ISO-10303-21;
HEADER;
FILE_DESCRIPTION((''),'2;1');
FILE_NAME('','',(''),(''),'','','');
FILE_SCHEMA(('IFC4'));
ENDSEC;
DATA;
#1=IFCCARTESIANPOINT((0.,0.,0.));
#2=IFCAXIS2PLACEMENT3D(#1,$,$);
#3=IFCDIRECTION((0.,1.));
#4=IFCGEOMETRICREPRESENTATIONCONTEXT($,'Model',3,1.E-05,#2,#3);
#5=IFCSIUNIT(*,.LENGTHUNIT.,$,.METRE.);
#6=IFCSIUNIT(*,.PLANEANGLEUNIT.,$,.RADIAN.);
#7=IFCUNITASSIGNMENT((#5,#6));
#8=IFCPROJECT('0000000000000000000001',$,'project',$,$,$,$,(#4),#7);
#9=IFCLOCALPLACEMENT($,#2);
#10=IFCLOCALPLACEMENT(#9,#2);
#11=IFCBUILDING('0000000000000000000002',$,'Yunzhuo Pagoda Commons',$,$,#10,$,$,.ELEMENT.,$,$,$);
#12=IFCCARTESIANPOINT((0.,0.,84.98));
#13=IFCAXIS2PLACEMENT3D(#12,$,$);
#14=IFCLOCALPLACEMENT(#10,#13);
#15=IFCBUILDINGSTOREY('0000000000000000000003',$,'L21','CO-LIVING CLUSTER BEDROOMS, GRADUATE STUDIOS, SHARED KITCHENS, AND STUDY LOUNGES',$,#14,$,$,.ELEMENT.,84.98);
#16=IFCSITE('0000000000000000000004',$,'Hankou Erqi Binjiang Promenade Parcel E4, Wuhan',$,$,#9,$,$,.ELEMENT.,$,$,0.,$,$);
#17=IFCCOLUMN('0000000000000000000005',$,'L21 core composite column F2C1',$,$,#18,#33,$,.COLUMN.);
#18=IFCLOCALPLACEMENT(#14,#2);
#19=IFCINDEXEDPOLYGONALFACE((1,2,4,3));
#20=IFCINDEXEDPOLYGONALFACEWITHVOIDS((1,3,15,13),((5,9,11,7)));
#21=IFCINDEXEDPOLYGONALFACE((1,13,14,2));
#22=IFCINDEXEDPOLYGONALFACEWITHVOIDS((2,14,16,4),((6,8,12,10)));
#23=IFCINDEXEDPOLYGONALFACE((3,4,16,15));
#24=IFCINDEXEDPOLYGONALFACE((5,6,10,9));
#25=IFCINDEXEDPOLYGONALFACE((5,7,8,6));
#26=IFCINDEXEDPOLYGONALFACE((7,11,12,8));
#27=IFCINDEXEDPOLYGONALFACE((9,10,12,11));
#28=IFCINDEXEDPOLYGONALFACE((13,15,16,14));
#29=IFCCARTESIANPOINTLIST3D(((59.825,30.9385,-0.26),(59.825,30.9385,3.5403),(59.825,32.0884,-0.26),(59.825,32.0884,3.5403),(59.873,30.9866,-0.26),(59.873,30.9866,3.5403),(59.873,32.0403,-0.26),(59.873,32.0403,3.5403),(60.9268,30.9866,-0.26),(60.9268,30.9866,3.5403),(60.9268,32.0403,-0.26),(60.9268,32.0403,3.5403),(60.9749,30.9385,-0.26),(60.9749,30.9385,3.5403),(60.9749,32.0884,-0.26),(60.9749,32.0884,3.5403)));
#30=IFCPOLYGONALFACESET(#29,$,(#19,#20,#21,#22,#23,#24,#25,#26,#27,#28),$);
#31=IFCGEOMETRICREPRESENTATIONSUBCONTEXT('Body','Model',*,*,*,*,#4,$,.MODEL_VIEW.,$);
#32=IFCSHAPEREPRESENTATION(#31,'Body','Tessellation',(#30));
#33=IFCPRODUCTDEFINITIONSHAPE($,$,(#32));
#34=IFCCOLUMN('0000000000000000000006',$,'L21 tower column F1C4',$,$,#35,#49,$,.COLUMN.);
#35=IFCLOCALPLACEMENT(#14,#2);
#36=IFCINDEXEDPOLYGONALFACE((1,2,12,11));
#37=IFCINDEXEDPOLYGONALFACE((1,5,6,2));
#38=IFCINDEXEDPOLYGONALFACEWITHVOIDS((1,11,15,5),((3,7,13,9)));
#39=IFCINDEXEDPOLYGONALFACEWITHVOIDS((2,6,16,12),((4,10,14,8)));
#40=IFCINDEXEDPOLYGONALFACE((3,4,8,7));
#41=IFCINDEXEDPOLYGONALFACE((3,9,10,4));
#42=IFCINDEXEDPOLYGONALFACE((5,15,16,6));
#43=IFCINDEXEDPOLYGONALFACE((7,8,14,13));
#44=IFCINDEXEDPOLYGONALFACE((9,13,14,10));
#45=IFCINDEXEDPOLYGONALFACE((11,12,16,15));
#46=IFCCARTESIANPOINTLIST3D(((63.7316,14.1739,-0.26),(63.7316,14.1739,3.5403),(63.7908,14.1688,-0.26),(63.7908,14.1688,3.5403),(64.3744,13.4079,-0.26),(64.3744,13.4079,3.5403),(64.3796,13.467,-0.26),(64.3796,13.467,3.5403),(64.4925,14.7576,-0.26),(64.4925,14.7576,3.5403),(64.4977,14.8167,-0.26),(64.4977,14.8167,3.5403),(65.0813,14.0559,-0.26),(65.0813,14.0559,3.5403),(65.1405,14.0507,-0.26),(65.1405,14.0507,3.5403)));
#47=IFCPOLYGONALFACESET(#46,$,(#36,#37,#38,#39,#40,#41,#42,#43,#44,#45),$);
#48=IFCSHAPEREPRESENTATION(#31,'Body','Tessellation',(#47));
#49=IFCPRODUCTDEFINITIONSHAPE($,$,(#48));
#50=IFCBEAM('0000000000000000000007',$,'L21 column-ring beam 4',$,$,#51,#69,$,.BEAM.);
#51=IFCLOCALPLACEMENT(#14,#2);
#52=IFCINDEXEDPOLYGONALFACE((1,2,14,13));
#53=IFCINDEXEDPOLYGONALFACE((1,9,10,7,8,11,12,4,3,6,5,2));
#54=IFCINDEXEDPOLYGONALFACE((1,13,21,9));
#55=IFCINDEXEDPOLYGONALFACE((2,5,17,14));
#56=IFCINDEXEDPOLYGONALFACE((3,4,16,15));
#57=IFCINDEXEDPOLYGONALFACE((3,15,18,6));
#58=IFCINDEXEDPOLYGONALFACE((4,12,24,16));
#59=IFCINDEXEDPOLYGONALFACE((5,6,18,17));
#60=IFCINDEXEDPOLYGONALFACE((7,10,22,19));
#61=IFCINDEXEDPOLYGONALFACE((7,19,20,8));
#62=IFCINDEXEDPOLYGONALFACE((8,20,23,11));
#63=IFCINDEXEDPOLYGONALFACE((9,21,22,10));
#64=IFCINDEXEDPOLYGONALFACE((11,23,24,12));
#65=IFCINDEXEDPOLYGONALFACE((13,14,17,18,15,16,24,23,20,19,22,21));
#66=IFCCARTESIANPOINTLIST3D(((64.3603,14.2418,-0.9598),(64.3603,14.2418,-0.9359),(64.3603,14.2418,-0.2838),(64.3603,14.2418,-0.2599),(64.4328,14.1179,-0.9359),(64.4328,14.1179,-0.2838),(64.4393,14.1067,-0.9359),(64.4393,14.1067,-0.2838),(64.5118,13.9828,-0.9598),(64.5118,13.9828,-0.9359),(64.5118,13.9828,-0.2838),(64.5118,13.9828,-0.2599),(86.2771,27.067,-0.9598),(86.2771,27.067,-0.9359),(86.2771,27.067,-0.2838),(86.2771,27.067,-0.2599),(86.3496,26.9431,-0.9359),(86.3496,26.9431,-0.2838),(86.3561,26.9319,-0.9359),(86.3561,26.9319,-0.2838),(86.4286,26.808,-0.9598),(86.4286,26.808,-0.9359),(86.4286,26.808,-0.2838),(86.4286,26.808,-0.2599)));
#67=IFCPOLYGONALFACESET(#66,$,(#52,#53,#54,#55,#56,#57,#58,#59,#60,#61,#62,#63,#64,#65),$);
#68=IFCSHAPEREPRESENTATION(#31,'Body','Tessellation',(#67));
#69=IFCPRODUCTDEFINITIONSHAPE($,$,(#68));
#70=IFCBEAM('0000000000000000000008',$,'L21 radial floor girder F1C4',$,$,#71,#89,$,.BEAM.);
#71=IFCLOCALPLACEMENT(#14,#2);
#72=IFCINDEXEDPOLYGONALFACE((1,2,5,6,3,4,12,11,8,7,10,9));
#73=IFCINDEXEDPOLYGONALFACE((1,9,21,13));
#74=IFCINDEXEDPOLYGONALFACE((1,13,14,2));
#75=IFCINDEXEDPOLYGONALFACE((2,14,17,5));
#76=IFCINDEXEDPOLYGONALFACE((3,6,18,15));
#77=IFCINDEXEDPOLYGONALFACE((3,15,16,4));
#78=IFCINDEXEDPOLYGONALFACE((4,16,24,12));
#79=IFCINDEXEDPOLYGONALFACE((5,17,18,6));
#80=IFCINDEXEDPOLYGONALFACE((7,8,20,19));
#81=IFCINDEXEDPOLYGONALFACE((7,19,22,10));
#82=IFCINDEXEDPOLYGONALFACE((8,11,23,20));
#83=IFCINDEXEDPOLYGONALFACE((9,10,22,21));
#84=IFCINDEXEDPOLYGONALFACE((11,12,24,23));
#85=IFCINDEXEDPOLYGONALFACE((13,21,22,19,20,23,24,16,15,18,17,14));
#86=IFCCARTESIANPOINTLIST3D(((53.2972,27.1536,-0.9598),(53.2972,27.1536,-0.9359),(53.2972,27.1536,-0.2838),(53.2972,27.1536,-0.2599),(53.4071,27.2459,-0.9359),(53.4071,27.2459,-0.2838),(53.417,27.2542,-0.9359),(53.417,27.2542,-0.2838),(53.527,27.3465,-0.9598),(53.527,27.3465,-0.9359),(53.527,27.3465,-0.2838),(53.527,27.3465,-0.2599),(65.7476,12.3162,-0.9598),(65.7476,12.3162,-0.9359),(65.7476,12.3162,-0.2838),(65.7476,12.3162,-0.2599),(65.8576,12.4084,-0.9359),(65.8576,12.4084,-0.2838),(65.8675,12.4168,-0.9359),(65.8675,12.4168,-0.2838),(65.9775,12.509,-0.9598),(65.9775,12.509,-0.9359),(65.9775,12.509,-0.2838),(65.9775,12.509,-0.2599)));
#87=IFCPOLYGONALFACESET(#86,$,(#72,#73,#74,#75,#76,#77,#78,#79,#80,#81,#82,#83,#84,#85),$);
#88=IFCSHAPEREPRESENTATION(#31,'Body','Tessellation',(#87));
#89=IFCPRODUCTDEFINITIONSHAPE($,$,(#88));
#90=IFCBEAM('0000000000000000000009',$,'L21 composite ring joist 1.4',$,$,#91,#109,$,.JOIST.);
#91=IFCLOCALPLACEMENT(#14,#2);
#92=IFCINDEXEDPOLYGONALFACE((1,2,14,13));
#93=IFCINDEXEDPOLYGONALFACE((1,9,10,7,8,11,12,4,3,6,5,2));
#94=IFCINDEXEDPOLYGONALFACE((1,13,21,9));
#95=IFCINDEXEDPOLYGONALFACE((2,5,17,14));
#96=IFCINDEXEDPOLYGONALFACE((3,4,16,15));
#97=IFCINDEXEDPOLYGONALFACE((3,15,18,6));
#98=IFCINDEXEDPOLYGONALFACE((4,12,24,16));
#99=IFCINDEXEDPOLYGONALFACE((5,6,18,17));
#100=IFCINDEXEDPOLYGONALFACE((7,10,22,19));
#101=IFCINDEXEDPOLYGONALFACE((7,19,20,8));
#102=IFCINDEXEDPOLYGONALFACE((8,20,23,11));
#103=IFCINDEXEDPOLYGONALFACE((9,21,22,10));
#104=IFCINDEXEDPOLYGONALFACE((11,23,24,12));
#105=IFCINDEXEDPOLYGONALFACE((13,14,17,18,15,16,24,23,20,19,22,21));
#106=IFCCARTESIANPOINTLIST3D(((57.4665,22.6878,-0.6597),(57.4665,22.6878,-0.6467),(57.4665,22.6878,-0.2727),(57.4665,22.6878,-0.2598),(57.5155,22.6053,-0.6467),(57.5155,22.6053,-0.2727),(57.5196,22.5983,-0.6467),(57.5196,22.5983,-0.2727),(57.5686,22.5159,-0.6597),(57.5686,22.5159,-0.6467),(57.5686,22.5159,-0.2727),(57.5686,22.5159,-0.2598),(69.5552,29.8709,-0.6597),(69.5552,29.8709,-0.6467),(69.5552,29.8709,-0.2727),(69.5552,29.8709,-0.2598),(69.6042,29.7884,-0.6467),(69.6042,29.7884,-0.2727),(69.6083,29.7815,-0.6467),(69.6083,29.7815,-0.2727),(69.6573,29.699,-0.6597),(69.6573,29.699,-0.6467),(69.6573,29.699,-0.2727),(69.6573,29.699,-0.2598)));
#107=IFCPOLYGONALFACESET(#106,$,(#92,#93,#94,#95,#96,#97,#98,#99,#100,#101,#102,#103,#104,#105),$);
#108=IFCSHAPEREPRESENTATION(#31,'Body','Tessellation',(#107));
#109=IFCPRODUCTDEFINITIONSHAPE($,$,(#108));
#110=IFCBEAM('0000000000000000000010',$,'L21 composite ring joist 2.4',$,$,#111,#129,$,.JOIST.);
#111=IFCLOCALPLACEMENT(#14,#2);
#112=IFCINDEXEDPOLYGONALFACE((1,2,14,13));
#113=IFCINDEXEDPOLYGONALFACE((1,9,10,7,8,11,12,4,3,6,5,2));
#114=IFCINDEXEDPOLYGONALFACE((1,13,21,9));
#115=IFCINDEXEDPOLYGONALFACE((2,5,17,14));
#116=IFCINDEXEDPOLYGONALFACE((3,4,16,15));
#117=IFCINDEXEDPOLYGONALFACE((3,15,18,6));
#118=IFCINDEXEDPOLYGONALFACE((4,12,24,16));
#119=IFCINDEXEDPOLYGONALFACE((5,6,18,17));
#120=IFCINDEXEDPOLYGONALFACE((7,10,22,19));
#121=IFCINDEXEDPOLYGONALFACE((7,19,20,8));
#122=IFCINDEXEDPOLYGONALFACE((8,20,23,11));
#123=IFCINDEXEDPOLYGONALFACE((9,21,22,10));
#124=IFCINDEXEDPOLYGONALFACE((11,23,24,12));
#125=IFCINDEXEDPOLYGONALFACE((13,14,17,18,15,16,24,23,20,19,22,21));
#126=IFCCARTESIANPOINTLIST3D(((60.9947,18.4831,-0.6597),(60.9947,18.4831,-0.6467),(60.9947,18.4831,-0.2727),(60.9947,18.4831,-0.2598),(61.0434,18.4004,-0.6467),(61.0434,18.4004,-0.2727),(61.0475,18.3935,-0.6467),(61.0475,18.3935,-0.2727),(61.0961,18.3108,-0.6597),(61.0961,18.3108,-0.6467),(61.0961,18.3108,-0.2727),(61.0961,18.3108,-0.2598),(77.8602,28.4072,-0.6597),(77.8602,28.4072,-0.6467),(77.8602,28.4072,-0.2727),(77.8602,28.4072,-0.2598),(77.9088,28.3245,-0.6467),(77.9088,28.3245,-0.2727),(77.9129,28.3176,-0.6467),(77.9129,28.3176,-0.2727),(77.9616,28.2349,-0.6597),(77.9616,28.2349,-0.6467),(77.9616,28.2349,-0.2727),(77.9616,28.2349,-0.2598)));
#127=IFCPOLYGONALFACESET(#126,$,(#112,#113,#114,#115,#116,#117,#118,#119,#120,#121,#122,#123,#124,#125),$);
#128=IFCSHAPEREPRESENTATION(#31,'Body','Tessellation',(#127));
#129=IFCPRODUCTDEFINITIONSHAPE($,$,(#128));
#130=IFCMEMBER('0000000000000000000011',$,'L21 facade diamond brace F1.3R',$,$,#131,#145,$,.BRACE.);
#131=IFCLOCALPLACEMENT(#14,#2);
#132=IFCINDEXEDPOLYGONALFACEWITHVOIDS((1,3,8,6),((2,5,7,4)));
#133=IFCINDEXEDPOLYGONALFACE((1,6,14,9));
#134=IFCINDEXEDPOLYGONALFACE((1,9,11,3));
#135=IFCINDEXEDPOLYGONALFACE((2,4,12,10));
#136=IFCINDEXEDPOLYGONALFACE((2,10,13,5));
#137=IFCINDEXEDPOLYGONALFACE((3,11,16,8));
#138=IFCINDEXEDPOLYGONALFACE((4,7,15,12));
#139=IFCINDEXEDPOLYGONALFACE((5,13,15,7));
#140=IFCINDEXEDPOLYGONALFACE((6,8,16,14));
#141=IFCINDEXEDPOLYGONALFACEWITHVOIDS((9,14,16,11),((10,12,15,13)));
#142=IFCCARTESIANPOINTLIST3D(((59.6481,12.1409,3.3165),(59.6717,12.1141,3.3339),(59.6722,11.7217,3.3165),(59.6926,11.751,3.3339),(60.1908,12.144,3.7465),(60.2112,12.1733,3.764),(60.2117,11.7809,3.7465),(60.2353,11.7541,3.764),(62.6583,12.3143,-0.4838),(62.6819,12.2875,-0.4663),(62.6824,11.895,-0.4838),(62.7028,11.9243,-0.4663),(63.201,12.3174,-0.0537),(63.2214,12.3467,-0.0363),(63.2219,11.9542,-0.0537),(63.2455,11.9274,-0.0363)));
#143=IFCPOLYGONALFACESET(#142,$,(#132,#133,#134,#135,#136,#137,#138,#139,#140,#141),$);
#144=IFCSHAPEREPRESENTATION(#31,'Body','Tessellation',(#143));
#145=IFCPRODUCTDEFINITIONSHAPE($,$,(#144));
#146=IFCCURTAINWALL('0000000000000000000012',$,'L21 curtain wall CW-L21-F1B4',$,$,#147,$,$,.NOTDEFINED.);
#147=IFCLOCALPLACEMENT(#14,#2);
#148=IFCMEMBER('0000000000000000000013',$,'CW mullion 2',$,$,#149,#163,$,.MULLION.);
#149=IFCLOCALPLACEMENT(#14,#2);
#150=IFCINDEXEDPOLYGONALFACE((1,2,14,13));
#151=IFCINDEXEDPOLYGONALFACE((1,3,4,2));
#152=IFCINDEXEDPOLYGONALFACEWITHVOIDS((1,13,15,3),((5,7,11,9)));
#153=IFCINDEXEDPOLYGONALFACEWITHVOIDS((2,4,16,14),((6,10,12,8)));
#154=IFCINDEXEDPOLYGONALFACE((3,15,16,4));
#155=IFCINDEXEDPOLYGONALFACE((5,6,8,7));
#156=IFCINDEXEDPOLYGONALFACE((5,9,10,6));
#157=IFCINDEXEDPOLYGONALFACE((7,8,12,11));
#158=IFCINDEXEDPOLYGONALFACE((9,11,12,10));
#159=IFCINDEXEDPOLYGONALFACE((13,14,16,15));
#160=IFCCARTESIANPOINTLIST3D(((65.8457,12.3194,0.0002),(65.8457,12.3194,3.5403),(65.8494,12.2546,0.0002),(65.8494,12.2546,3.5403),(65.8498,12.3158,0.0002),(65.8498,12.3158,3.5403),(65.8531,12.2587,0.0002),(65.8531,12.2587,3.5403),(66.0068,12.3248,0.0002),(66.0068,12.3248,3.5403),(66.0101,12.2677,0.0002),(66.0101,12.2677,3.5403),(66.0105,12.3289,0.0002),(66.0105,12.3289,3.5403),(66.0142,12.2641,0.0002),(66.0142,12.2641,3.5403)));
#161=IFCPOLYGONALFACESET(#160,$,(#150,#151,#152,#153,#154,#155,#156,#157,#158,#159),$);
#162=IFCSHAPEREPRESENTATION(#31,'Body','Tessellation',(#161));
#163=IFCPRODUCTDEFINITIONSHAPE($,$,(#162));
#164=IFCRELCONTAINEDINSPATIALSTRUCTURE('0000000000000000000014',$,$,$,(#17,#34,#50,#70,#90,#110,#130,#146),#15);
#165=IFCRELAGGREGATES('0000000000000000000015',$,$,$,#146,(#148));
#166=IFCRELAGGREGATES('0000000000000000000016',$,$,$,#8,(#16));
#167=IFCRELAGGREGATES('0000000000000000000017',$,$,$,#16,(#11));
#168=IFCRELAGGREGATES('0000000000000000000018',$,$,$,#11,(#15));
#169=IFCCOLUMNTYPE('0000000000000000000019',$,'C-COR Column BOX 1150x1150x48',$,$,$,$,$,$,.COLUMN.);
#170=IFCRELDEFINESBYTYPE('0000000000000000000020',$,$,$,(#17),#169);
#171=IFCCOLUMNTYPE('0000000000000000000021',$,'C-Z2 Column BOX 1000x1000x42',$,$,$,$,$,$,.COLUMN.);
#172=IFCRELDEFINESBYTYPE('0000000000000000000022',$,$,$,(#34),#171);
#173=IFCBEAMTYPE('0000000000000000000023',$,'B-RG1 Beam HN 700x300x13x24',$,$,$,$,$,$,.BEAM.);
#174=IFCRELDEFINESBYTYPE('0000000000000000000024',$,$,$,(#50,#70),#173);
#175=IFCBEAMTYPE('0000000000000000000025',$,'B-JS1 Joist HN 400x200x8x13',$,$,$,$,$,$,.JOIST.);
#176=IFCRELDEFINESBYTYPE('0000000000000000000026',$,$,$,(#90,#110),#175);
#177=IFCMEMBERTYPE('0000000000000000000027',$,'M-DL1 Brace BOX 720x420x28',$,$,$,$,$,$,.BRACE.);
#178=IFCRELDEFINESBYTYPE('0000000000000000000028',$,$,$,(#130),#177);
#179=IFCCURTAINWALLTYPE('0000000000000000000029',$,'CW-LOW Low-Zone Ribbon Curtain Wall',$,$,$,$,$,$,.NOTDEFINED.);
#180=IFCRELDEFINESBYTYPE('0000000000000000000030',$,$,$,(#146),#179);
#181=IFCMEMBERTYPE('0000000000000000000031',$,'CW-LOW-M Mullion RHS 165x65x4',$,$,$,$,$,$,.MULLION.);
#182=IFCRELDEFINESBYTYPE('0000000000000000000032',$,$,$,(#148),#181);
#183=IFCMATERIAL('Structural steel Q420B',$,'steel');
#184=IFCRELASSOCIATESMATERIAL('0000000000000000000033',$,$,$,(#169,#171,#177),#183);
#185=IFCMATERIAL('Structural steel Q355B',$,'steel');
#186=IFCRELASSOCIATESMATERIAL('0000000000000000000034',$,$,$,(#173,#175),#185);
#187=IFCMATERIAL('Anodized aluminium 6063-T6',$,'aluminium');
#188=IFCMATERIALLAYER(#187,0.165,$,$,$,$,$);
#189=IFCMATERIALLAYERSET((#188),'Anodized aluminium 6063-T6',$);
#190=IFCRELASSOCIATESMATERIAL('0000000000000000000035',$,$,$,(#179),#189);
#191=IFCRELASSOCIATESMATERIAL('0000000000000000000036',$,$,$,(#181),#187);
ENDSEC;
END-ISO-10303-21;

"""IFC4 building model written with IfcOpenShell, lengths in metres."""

from ifc_helpers import new_model, si_unit, direction, frame, origin, origin_2d, place, context, subcontext, project, spatial, hollow_rectangle, i_section, extrude, source, transform, mapped, material, layer, layer_set, material_profile, profile_set, type_object, element, aggregate, save


model = new_model("IFC4")

# Units and contexts
model_context = context("Model", 3, precision=1e-05, world=origin(), true_north=direction((0.0, 1.0)))
body_context = subcontext(model_context, "Body", "Model", "MODEL_VIEW")
ifc_project = project(units=[si_unit("LENGTHUNIT", "METRE"), si_unit("PLANEANGLEUNIT", "RADIAN")], contexts=[model_context])

# Site, building, storey
site_placement = place(None, origin())
site = spatial("IfcSite", under=ifc_project, at=site_placement, Name="Hankou Erqi Binjiang Promenade Parcel E4, Wuhan", CompositionType="ELEMENT", RefElevation=0.0)
building_placement = place(site_placement, origin())
building = spatial("IfcBuilding", under=site, at=building_placement, Name="Yunzhuo Pagoda Commons", CompositionType="ELEMENT")
storey_placement = place(building_placement, frame((0.0, 0.0, 84.98)))
storey = spatial("IfcBuildingStorey", under=building, at=storey_placement, Name="L21", Description="CO-LIVING CLUSTER BEDROOMS, GRADUATE STUDIOS, SHARED KITCHENS, AND STUDY LOUNGES", CompositionType="ELEMENT", Elevation=84.98)

# Columns
ifc_material_1 = material(Name="Structural steel Q420B", Category="steel")
ifc_material_profile_1 = material_profile(ifc_material_1, hollow_rectangle(XDim=1.1499, YDim=1.1499, WallThickness=0.0481, at=origin_2d()), Name="Structural steel Q420B")
ifc_profile_set_1 = profile_set([ifc_material_profile_1], Name="Structural steel Q420B")
column_type_1 = type_object("IfcColumnType", Name="C-COR Column BOX 1150x1150x48", PredefinedType="COLUMN", material=ifc_profile_set_1)
shared_shape_1 = source(origin(), body_context, "Body", "SweptSolid", [
    extrude(hollow_rectangle(XDim=1.1499, YDim=1.1499, WallThickness=0.0481, at=origin_2d()), origin(), (0.0, 0.0, 1.0), 3.8003),
])
column_1_placement = place(storey_placement, frame((60.3999, 31.5134, -0.26), z_axis=(0.0, 0.0, 1.0), x_axis=(1.0, 0.0, 0.0)))
element("IfcColumn", 1, at=column_1_placement, inside=storey, type_object=column_type_1, Name="L21 core composite column F2C1", PredefinedType="COLUMN", context=body_context, shape_type="MappedRepresentation", body=[
    mapped(shared_shape_1, transform((0.0, 0.0, 0.0), scale=1.0)),
])
ifc_material_profile_2 = material_profile(ifc_material_1, hollow_rectangle(XDim=1.0, YDim=1.0, WallThickness=0.042, at=origin_2d()), Name="Structural steel Q420B")
ifc_profile_set_2 = profile_set([ifc_material_profile_2], Name="Structural steel Q420B")
column_type_2 = type_object("IfcColumnType", Name="C-Z2 Column BOX 1000x1000x42", PredefinedType="COLUMN", material=ifc_profile_set_2)
shared_shape_2 = source(origin(), body_context, "Body", "SweptSolid", [
    extrude(hollow_rectangle(XDim=1.0, YDim=1.0, WallThickness=0.042, at=origin_2d()), origin(), (0.0, 0.0, 1.0), 3.8003),
])
column_2_placement = place(storey_placement, frame((64.436, 14.1123, -0.26), z_axis=(0.0, 0.0, 1.0), x_axis=(0.766044, 0.642788, 0.0)))
element("IfcColumn", 2, at=column_2_placement, inside=storey, type_object=column_type_2, Name="L21 tower column F1C4", PredefinedType="COLUMN", context=body_context, shape_type="MappedRepresentation", body=[
    mapped(shared_shape_2, transform((0.0, 0.0, 0.0), scale=1.0)),
])

# Beams
ifc_material_2 = material(Name="Structural steel Q355B", Category="steel")
ifc_material_profile_3 = material_profile(ifc_material_2, i_section(OverallWidth=0.3, OverallDepth=0.7, WebThickness=0.0129, FlangeThickness=0.0239, at=origin_2d()), Name="Structural steel Q355B")
ifc_profile_set_3 = profile_set([ifc_material_profile_3], Name="Structural steel Q355B")
beam_type_1 = type_object("IfcBeamType", Name="B-RG1 Beam HN 700x300x13x24", PredefinedType="BEAM", material=ifc_profile_set_3)
shared_shape_3 = source(origin(), body_context, "Body", "SweptSolid", [
    extrude(i_section(OverallWidth=0.3, OverallDepth=0.7, WebThickness=0.0129, FlangeThickness=0.0239, at=origin_2d()), origin(), (0.0, 0.0, 1.0), 25.3936),
])
beam_1_placement = place(storey_placement, frame((64.436, 14.1123, -0.6099), z_axis=(0.863085, 0.505058, 0.0), x_axis=(-0.505058, 0.863085, 0.0)))
element("IfcBeam", 3, at=beam_1_placement, inside=storey, type_object=beam_type_1, Name="L21 column-ring beam 4", PredefinedType="BEAM", context=body_context, shape_type="MappedRepresentation", body=[
    mapped(shared_shape_3, transform((0.0, 0.0, 0.0), scale=1.0)),
])
shared_shape_4 = source(origin(), body_context, "Body", "SweptSolid", [
    extrude(i_section(OverallWidth=0.3, OverallDepth=0.7, WebThickness=0.0129, FlangeThickness=0.0239, at=origin_2d()), origin(), (0.0, 0.0, 1.0), 19.3691),
])
beam_2_placement = place(storey_placement, frame((65.8625, 12.4126, -0.6099), z_axis=(-0.642799, 0.766035, 0.0), x_axis=(-0.766035, -0.642799, 0.0)))
element("IfcBeam", 4, at=beam_2_placement, inside=storey, type_object=beam_type_1, Name="L21 radial floor girder F1C4", PredefinedType="BEAM", context=body_context, shape_type="MappedRepresentation", body=[
    mapped(shared_shape_4, transform((0.0, 0.0, 0.0), scale=1.0)),
])
ifc_material_profile_4 = material_profile(ifc_material_2, i_section(OverallWidth=0.2, OverallDepth=0.3999, WebThickness=0.0081, FlangeThickness=0.0129, at=origin_2d()), Name="Structural steel Q355B")
ifc_profile_set_4 = profile_set([ifc_material_profile_4], Name="Structural steel Q355B")
beam_type_2 = type_object("IfcBeamType", Name="B-JS1 Joist HN 400x200x8x13", PredefinedType="JOIST", material=ifc_profile_set_4)
shared_shape_5 = source(origin(), body_context, "Body", "SweptSolid", [
    extrude(i_section(OverallWidth=0.2, OverallDepth=0.3999, WebThickness=0.0081, FlangeThickness=0.0129, at=origin_2d()), origin(), (0.0, 0.0, 1.0), 14.0618),
])
beam_3_placement = place(storey_placement, frame((57.5176, 22.6018, -0.4597), z_axis=(0.859683, 0.510827, 0.0), x_axis=(-0.510827, 0.859683, 0.0)))
element("IfcBeam", 5, at=beam_3_placement, inside=storey, type_object=beam_type_2, Name="L21 composite ring joist 1.4", PredefinedType="JOIST", context=body_context, shape_type="MappedRepresentation", body=[
    mapped(shared_shape_5, transform((0.0, 0.0, 0.0), scale=1.0)),
])
shared_shape_6 = source(origin(), body_context, "Body", "SweptSolid", [
    extrude(i_section(OverallWidth=0.2, OverallDepth=0.3999, WebThickness=0.0081, FlangeThickness=0.0129, at=origin_2d()), origin(), (0.0, 0.0, 1.0), 19.5686),
])
beam_4_placement = place(storey_placement, frame((61.0454, 18.397, -0.4597), z_axis=(0.861863, 0.507142, 0.0), x_axis=(-0.507142, 0.861863, 0.0)))
element("IfcBeam", 6, at=beam_4_placement, inside=storey, type_object=beam_type_2, Name="L21 composite ring joist 2.4", PredefinedType="JOIST", context=body_context, shape_type="MappedRepresentation", body=[
    mapped(shared_shape_6, transform((0.0, 0.0, 0.0), scale=1.0)),
])

# Member
ifc_material_profile_5 = material_profile(ifc_material_1, hollow_rectangle(XDim=0.4199, YDim=0.72, WallThickness=0.0281, at=origin_2d()), Name="Structural steel Q420B")
ifc_profile_set_5 = profile_set([ifc_material_profile_5], Name="Structural steel Q420B")
member_type_1 = type_object("IfcMemberType", Name="M-DL1 Brace BOX 720x420x28", PredefinedType="BRACE", material=ifc_profile_set_5)
shared_shape_7 = source(origin(), body_context, "Body", "SweptSolid", [
    extrude(hollow_rectangle(XDim=0.4199, YDim=0.72, WallThickness=0.0281, at=origin_2d()), origin(), (0.0, 0.0, 1.0), 4.8511),
])
member_1_placement = place(storey_placement, frame((62.9519, 12.1208, -0.26), z_axis=(-0.620521, -0.035732, 0.783376), x_axis=(0.057488, -0.998346, 0.0)))
element("IfcMember", 7, at=member_1_placement, inside=storey, type_object=member_type_1, Name="L21 facade diamond brace F1.3R", PredefinedType="BRACE", context=body_context, shape_type="MappedRepresentation", body=[
    mapped(shared_shape_7, transform((0.0, 0.0, 0.0), scale=1.0)),
])

# Curtain wall, member
ifc_material_3 = material(Name="Anodized aluminium 6063-T6", Category="aluminium")
ifc_layer_1 = layer(ifc_material_3, 0.165)
ifc_layer_set_1 = layer_set([ifc_layer_1], Name="Anodized aluminium 6063-T6")
curtain_wall_type = type_object("IfcCurtainWallType", Name="CW-LOW Low-Zone Ribbon Curtain Wall", PredefinedType="NOTDEFINED", material=ifc_layer_set_1)
curtain_wall_1_placement = place(storey_placement, origin())
curtain_wall_1 = element("IfcCurtainWall", 8, at=curtain_wall_1_placement, inside=storey, type_object=curtain_wall_type, Name="L21 curtain wall CW-L21-F1B4", PredefinedType="NOTDEFINED")
ifc_material_profile_6 = material_profile(ifc_material_3, hollow_rectangle(XDim=0.0649, YDim=0.165, WallThickness=0.0039, at=origin_2d()), Name="Anodized aluminium 6063-T6")
ifc_profile_set_6 = profile_set([ifc_material_profile_6], Name="Anodized aluminium 6063-T6")
member_type_2 = type_object("IfcMemberType", Name="CW-LOW-M Mullion RHS 165x65x4", PredefinedType="MULLION", material=ifc_profile_set_6)
shared_shape_8 = source(origin(), body_context, "Body", "SweptSolid", [
    extrude(hollow_rectangle(XDim=0.0649, YDim=0.165, WallThickness=0.0039, at=origin_2d()), origin(), (0.0, 0.0, 1.0), 3.54),
])
member_2_placement = place(storey_placement, frame((65.9299, 12.2917, 0.0002), z_axis=(0.0, 0.0, 1.0), x_axis=(-0.057418, 0.99835, 0.0)))
member_2 = element("IfcMember", 9, at=member_2_placement, type_object=member_type_2, Name="CW mullion 2", PredefinedType="MULLION", context=body_context, shape_type="MappedRepresentation", body=[
    mapped(shared_shape_8, transform((0.0, 0.0, 0.0), scale=1.0)),
])

aggregate(curtain_wall_1, [member_2])

save(model, "model.ifc")
